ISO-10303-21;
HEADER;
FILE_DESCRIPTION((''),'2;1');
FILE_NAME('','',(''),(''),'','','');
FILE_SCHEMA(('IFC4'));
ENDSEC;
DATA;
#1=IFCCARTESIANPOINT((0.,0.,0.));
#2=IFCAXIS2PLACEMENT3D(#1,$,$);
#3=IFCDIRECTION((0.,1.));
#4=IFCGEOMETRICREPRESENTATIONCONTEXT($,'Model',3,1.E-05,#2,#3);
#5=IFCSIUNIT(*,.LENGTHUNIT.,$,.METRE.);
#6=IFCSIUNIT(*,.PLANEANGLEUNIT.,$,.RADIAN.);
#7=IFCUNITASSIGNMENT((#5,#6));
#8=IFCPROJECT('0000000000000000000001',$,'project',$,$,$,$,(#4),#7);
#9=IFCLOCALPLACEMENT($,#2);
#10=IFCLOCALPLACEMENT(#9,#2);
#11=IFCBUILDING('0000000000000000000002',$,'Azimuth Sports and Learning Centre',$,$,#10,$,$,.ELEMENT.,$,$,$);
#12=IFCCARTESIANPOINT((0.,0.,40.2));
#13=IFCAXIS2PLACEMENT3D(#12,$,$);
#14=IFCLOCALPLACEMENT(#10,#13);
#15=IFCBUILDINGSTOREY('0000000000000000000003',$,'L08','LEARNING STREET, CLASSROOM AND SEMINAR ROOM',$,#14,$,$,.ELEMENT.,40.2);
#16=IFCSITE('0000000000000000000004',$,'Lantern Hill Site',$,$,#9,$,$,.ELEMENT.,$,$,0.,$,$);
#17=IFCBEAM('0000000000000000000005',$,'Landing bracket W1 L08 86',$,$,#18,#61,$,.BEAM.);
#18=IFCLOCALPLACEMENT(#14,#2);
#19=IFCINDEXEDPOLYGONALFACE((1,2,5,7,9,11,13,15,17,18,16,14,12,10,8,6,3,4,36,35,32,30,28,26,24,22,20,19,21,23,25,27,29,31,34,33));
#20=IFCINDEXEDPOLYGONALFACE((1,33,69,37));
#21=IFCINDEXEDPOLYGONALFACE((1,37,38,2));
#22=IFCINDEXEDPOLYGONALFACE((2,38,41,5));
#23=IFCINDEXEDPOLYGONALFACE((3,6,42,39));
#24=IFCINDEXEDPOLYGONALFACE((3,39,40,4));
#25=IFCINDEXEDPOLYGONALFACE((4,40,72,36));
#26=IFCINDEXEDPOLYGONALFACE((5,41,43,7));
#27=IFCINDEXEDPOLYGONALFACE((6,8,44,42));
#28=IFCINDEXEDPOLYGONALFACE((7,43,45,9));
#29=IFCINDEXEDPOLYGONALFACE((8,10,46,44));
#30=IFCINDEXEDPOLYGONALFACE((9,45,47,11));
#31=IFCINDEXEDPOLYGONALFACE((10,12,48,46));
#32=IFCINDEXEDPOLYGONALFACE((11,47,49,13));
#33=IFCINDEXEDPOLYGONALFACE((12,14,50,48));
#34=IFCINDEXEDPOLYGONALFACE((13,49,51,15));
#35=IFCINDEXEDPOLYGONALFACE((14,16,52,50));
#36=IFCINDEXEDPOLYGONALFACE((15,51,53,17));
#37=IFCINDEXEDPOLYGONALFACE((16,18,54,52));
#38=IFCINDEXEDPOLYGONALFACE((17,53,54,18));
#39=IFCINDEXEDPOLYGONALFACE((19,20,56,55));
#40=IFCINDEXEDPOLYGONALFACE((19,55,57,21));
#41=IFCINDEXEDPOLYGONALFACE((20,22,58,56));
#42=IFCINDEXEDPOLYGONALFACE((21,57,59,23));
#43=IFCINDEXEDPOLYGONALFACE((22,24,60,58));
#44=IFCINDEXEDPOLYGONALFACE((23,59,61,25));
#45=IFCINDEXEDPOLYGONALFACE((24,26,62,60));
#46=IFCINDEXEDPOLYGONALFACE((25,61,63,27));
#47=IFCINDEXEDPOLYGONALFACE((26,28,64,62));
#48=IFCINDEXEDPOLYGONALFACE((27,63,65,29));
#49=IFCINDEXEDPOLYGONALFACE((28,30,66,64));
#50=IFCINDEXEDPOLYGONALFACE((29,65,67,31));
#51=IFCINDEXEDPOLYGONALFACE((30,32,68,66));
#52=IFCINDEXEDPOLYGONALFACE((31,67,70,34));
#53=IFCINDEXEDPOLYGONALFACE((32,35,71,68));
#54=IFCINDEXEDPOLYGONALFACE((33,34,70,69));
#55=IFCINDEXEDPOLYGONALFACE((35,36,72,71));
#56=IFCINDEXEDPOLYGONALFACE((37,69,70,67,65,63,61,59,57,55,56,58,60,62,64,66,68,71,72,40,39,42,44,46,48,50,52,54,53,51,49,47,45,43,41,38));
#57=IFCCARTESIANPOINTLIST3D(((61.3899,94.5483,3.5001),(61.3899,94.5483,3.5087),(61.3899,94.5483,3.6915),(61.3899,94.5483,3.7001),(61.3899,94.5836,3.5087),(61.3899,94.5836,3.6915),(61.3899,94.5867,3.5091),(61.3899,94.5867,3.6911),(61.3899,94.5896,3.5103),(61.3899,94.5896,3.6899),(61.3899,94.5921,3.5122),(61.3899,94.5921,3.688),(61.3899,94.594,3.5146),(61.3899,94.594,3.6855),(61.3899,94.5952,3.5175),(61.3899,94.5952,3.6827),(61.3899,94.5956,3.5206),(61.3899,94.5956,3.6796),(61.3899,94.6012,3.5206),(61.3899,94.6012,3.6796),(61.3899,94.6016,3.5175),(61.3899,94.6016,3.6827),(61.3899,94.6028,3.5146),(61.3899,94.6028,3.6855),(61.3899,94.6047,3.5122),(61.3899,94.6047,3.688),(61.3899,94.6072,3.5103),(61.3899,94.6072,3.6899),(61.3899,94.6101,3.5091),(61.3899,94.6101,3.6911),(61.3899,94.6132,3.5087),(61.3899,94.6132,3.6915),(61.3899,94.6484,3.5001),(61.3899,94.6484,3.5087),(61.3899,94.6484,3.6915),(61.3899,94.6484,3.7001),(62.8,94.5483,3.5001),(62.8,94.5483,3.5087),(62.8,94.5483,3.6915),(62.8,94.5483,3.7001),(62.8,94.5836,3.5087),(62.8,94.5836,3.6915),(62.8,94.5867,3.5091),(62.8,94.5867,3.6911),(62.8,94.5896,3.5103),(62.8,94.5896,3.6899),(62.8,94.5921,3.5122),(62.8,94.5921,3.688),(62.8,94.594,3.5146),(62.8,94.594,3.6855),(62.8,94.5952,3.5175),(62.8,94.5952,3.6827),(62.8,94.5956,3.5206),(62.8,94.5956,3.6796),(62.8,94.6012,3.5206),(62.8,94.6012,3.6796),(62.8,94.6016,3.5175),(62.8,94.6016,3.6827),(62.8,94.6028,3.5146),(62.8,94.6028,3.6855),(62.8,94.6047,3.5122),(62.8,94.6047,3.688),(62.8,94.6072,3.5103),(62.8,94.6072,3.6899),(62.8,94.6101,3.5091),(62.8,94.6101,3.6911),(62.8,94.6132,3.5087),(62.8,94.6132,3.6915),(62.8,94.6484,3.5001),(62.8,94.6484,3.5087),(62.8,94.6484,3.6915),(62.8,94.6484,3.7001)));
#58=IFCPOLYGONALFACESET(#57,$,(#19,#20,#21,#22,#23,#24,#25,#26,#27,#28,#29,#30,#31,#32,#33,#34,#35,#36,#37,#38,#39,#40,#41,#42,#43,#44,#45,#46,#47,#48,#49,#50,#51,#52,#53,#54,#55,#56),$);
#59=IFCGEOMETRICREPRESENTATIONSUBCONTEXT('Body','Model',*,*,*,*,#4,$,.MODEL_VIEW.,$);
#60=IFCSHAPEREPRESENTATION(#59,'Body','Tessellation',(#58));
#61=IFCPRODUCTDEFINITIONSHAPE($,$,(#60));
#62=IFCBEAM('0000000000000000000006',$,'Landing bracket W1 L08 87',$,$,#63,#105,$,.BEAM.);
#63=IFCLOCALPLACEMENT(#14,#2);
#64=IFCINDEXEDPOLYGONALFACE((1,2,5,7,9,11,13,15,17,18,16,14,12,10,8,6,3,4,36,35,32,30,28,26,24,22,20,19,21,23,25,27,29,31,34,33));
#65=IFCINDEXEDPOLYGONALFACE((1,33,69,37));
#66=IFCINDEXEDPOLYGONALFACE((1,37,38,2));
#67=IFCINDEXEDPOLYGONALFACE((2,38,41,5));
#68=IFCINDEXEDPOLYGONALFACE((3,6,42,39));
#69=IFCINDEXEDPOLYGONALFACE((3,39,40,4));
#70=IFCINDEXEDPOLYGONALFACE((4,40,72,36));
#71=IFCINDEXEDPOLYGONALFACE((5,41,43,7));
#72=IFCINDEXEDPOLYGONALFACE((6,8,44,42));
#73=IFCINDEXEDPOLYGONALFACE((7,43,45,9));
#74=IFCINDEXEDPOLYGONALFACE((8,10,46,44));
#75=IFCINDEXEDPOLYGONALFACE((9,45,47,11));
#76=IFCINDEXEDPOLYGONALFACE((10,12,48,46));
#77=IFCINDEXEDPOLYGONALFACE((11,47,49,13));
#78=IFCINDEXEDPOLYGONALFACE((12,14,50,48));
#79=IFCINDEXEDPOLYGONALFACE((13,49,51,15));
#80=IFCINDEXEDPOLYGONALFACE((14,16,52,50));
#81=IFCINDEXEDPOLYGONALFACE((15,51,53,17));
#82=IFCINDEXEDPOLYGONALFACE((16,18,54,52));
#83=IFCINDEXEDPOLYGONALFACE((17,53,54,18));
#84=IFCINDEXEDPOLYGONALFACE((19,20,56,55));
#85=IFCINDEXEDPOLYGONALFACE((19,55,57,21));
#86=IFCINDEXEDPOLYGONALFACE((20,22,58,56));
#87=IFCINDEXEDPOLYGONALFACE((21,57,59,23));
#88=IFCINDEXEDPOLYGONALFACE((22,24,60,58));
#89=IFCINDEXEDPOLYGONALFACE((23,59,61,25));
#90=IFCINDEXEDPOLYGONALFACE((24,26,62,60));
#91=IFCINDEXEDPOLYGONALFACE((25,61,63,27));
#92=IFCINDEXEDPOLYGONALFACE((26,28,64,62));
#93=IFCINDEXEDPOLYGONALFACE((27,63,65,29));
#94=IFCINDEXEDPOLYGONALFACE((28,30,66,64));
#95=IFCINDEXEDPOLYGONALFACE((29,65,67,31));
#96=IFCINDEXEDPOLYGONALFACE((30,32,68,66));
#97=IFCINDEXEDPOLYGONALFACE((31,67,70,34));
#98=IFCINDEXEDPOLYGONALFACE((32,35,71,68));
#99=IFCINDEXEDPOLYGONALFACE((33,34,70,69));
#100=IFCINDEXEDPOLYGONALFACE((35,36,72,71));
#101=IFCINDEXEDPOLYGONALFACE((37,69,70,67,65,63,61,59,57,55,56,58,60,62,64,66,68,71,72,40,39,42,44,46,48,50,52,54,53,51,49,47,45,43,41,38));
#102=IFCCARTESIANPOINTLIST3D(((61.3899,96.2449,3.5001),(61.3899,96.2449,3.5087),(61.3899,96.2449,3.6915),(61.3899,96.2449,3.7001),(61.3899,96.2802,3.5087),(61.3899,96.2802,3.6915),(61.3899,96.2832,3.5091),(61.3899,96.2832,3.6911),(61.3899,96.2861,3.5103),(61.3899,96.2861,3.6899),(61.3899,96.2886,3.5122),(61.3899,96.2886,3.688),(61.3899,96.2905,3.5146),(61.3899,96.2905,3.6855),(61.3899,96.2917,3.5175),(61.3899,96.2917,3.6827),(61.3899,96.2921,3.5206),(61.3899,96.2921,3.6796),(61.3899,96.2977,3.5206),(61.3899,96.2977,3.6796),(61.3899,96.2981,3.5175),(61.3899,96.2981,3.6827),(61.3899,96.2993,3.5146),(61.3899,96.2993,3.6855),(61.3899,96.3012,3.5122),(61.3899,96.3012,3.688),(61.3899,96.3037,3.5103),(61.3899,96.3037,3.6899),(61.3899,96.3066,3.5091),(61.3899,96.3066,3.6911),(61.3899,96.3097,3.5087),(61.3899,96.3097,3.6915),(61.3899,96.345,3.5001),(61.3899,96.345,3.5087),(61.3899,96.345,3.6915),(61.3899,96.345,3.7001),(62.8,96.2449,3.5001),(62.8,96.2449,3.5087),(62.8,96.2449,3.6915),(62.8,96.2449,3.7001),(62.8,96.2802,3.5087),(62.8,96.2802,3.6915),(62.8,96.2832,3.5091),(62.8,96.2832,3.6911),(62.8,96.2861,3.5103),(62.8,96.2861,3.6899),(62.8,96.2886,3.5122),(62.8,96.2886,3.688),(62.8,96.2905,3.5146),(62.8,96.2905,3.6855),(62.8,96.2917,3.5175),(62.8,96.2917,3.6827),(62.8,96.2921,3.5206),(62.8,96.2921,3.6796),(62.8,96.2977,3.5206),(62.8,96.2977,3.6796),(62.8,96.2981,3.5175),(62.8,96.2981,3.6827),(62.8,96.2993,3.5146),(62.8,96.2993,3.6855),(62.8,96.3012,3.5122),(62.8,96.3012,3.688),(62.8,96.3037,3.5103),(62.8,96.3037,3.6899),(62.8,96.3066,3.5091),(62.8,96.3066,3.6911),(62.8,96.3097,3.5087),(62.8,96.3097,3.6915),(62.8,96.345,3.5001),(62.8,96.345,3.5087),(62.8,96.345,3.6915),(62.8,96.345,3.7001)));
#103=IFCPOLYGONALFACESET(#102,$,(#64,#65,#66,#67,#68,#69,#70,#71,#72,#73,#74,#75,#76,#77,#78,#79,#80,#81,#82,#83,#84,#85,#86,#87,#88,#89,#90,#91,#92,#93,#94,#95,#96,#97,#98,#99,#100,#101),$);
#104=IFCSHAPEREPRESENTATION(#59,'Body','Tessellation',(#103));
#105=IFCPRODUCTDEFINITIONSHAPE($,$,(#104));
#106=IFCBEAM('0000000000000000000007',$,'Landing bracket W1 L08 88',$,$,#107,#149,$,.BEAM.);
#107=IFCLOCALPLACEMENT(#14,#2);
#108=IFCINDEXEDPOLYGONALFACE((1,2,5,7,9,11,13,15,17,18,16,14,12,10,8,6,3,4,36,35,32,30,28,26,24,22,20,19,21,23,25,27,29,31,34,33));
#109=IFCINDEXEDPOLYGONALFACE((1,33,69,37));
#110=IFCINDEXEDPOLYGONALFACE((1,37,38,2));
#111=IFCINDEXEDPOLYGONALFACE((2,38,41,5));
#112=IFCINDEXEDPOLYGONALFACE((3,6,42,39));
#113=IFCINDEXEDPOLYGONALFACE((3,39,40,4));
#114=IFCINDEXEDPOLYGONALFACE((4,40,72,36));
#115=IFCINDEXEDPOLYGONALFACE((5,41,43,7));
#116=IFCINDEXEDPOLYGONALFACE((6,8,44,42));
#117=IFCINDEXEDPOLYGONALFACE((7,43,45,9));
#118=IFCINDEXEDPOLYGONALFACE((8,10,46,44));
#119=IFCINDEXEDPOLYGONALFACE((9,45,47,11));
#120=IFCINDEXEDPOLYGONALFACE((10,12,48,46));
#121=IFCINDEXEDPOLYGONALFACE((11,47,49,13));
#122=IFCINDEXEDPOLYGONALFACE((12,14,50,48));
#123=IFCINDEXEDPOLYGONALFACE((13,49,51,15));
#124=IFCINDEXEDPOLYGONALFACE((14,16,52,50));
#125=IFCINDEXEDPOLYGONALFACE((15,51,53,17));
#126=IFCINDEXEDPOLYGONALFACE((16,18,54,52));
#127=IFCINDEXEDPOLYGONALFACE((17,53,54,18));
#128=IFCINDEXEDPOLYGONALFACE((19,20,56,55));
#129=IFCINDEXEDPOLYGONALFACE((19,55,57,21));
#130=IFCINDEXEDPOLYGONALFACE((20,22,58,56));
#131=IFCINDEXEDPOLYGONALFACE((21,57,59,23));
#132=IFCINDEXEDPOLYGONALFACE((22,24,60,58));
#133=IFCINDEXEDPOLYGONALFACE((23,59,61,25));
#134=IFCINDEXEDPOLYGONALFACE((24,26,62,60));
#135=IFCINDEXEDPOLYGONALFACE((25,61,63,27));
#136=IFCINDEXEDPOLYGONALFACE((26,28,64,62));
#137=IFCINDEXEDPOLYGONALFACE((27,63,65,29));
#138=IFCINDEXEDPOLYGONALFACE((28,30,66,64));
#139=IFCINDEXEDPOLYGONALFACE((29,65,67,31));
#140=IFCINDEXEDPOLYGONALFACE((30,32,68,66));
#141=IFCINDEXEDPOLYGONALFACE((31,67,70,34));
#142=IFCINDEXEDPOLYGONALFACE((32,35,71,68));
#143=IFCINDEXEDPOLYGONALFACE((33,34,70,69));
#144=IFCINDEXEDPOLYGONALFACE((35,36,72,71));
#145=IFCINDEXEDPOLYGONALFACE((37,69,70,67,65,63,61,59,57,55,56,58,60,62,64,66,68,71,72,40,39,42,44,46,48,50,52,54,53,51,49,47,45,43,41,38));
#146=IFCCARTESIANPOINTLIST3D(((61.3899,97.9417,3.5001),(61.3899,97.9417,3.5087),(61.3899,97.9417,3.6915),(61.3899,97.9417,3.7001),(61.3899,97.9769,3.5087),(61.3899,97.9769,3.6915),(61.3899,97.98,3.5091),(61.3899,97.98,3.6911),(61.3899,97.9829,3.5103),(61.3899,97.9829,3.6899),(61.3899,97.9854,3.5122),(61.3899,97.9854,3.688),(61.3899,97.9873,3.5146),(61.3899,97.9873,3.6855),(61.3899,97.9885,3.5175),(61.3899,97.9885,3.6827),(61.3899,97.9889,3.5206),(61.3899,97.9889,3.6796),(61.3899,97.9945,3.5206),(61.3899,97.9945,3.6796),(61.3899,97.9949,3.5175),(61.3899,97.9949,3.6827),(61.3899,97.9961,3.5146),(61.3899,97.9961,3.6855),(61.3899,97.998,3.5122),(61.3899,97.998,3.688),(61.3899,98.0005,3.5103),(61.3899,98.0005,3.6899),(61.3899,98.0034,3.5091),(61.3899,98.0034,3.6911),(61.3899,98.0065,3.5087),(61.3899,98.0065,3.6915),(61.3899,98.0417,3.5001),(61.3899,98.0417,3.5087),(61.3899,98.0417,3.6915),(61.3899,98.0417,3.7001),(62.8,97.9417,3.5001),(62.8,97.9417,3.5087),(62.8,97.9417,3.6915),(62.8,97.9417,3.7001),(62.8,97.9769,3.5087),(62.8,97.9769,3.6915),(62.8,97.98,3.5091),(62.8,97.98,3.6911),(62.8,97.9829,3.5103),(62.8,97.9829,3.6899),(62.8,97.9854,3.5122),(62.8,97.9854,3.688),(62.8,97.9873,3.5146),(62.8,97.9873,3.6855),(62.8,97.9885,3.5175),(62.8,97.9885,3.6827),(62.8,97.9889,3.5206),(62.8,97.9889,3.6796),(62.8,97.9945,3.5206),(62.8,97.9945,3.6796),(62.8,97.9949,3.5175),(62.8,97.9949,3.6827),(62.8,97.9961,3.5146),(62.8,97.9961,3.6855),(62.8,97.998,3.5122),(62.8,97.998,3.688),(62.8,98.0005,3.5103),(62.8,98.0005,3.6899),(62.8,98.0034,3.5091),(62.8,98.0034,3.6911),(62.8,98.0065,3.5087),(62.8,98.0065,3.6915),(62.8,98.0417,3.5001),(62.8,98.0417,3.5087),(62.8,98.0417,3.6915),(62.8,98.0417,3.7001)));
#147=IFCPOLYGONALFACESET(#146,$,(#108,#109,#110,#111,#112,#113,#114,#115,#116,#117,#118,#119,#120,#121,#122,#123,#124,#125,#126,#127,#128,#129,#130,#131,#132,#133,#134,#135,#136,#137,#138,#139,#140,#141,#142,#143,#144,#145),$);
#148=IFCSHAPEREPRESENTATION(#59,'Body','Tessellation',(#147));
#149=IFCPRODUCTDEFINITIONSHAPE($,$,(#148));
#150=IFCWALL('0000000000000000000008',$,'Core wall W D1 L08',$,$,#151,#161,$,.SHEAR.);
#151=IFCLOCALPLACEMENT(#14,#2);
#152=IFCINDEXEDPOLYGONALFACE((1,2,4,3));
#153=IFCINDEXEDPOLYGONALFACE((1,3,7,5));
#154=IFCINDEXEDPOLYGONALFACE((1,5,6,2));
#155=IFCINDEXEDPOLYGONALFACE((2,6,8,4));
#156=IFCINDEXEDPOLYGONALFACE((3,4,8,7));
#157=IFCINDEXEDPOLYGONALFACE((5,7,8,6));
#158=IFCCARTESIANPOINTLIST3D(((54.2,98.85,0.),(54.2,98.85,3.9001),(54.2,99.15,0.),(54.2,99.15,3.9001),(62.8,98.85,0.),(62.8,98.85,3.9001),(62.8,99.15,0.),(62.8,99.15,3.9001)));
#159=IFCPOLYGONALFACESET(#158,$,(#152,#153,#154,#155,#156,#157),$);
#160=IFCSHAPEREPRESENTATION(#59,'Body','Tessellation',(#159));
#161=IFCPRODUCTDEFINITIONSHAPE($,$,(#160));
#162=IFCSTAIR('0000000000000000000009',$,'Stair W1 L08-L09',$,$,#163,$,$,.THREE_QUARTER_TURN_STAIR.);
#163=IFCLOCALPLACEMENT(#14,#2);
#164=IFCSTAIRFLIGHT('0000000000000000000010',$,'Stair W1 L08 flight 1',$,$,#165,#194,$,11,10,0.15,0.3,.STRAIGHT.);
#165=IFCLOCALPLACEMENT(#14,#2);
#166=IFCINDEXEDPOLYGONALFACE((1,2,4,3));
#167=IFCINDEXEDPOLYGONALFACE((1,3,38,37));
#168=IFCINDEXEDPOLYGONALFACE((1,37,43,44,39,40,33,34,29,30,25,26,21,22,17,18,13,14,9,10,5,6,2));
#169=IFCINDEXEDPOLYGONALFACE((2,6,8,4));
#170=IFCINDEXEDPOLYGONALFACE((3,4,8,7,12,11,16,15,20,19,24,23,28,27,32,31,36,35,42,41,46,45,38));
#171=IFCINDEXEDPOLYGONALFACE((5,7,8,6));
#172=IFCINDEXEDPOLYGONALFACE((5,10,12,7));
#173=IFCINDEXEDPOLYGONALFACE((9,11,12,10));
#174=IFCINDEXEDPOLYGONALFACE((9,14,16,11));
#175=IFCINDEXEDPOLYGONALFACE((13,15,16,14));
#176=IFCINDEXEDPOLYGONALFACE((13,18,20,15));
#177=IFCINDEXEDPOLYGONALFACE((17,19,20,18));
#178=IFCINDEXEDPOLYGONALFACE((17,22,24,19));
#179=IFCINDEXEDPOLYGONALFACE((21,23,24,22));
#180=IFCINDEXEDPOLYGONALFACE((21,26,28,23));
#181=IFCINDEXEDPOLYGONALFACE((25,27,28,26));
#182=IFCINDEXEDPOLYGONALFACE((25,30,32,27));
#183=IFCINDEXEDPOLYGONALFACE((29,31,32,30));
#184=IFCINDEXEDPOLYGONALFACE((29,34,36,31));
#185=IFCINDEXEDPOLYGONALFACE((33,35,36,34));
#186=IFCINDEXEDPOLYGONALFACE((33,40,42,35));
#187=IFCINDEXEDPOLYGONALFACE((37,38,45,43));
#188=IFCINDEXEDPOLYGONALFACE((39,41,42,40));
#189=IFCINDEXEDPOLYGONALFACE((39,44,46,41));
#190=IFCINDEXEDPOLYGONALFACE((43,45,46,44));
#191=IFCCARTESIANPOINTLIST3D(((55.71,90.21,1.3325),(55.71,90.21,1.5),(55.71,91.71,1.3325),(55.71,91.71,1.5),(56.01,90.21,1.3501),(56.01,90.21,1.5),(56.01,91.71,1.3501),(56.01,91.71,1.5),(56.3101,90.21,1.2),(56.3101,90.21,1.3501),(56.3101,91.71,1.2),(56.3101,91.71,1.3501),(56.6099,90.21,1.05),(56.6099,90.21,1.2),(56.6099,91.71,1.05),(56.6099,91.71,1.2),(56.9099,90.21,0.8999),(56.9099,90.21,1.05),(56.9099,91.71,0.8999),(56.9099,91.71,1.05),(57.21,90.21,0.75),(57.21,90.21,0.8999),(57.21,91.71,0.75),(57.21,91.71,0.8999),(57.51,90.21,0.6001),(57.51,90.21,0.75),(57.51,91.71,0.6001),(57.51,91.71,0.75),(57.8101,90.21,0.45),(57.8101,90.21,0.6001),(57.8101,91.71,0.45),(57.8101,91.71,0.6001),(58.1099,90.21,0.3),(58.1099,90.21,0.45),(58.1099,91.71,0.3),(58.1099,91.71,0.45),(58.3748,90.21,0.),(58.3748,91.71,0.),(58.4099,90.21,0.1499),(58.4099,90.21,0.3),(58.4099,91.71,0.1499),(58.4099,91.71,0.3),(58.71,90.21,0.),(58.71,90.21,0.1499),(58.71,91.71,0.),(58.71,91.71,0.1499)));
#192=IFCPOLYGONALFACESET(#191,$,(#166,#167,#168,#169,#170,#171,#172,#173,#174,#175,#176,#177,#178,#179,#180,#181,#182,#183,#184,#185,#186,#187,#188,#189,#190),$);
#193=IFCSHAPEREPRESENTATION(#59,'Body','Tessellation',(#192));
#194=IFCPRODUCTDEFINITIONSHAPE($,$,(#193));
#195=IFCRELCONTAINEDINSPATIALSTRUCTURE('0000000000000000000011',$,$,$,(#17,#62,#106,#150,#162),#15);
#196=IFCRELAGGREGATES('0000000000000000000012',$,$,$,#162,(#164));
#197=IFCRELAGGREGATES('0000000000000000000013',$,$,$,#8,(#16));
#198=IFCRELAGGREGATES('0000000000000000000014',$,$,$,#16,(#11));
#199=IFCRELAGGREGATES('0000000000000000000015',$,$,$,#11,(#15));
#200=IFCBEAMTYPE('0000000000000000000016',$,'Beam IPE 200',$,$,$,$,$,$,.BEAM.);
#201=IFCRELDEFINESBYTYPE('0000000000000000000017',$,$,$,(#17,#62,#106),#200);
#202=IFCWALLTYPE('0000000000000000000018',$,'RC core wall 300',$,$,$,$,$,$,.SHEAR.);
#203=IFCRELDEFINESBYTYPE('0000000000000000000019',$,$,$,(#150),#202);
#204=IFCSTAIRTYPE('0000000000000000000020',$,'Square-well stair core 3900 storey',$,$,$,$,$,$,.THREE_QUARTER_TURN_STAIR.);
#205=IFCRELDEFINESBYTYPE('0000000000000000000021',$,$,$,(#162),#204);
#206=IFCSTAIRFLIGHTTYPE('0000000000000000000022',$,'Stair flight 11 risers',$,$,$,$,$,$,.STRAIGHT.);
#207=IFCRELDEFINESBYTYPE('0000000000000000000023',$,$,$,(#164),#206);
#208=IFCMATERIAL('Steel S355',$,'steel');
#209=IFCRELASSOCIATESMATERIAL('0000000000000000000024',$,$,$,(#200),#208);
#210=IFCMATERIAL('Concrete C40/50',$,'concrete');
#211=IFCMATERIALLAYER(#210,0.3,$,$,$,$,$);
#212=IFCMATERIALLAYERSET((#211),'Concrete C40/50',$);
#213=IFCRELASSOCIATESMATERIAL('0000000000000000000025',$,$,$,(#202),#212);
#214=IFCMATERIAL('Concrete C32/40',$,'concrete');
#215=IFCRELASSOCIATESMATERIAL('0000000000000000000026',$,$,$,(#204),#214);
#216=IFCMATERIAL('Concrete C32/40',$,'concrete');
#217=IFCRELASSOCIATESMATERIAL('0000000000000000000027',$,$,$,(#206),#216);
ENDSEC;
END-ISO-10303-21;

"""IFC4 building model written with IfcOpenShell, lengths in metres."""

from ifc_helpers import new_model, si_unit, direction, frame, frame_2d, origin, origin_2d, place, context, subcontext, project, spatial, polyline, rectangle, i_section, outline, extrude, material, layer, layer_set, material_profile, profile_set, type_object, element, aggregate, save


model = new_model("IFC4")

# Units and contexts
model_context = context("Model", 3, precision=1e-05, world=origin(), true_north=direction((0.0, 1.0)))
body_context = subcontext(model_context, "Body", "Model", "MODEL_VIEW")
ifc_project = project(units=[si_unit("LENGTHUNIT", "METRE"), si_unit("PLANEANGLEUNIT", "RADIAN")], contexts=[model_context])

# Site, building, storey
site_placement = place(None, origin())
site = spatial("IfcSite", under=ifc_project, at=site_placement, Name="Lantern Hill Site", CompositionType="ELEMENT", RefElevation=0.0)
building_placement = place(site_placement, origin())
building = spatial("IfcBuilding", under=site, at=building_placement, Name="Azimuth Sports and Learning Centre", CompositionType="ELEMENT")
storey_placement = place(building_placement, frame((0.0, 0.0, 40.2)))
storey = spatial("IfcBuildingStorey", under=building, at=storey_placement, Name="L08", Description="LEARNING STREET, CLASSROOM AND SEMINAR ROOM", CompositionType="ELEMENT", Elevation=40.2)

# Beams
ifc_material_1 = material(Name="Steel S355", Category="steel")
ifc_material_profile = material_profile(ifc_material_1, i_section(OverallWidth=0.1001, OverallDepth=0.2, WebThickness=0.0056, FlangeThickness=0.0085, FilletRadius=0.012, at=origin_2d()), Name="IPE 200")
ifc_profile_set = profile_set([ifc_material_profile], Name="Steel S355")
beam_type = type_object("IfcBeamType", Name="Beam IPE 200", PredefinedType="BEAM", material=ifc_profile_set)
for number, where, z_axis, x_axis, name in (
    (1, (62.8, 94.5984, 3.6001), (-1.0, 0.0, 0.0), (0.0, -1.0, 0.0), "Landing bracket W1 L08 86"),
    (2, (62.8, 96.2949, 3.6001), (-1.0, 0.0, 0.0), (0.0, -1.0, 0.0), "Landing bracket W1 L08 87"),
    (3, (62.8, 97.9917, 3.6001), (-1.0, 0.0, 0.0), (0.0, -1.0, 0.0), "Landing bracket W1 L08 88"),
):
    element("IfcBeam", number, at=place(storey_placement, frame(where, z_axis=z_axis, x_axis=x_axis)), inside=storey, type_object=beam_type, Name=name, PredefinedType="BEAM", context=body_context, shape_type="SweptSolid", body=[
        extrude(i_section(OverallWidth=0.1001, OverallDepth=0.2, WebThickness=0.0056, FlangeThickness=0.0085, FilletRadius=0.012, at=origin_2d()), origin(), (0.0, 0.0, 1.0), 1.4102),
    ])

# Wall
ifc_material_2 = material(Name="Concrete C40/50", Category="concrete")
ifc_layer_1 = layer(ifc_material_2, 0.3)
ifc_layer_set_1 = layer_set([ifc_layer_1], Name="Concrete C40/50")
wall_type = type_object("IfcWallType", Name="RC core wall 300", PredefinedType="SHEAR", material=ifc_layer_set_1)
wall_placement = place(storey_placement, frame((54.2, 99.0, 0.0), z_axis=(0.0, 0.0, 1.0), x_axis=(1.0, 0.0, 0.0)))
element("IfcWall", 4, at=wall_placement, inside=storey, type_object=wall_type, Name="Core wall W D1 L08", PredefinedType="SHEAR", context=body_context, shape_type="SweptSolid", body=[
    extrude(rectangle(XDim=8.6001, YDim=0.3, at=frame_2d((4.3, 0.0))), origin(), (0.0, 0.0, 1.0), 3.9001),
])

# Stair, stair flight
ifc_material_3 = material(Name="Concrete C32/40", Category="concrete")
stair_type = type_object("IfcStairType", Name="Square-well stair core 3900 storey", PredefinedType="THREE_QUARTER_TURN_STAIR", material=ifc_material_3)
stair_placement = place(storey_placement, origin())
stair = element("IfcStair", 5, at=stair_placement, inside=storey, type_object=stair_type, Name="Stair W1 L08-L09", PredefinedType="THREE_QUARTER_TURN_STAIR")
ifc_material_4 = material(Name="Concrete C32/40", Category="concrete")
stair_flight_type_1 = type_object("IfcStairFlightType", Name="Stair flight 11 risers", PredefinedType="STRAIGHT", material=ifc_material_4)
stair_flight_1_placement = place(storey_placement, frame((58.71, 90.96, 0.0), z_axis=(0.0, 0.0, 1.0), x_axis=(-1.0, 0.0, 0.0)))
stair_flight_1 = element("IfcStairFlight", 6, at=stair_flight_1_placement, type_object=stair_flight_type_1, Name="Stair W1 L08 flight 1", NumberOfRisers=11, NumberOfTreads=10, PredefinedType="STRAIGHT", RiserHeight=0.15, TreadLength=0.3, context=body_context, shape_type="SweptSolid", body=[
    extrude(outline(polyline([(0.0, 0.0), (0.0, 0.1499), (0.3, 0.1499), (0.3, 0.3), (0.6001, 0.3), (0.6001, 0.45), (0.8999, 0.45), (0.8999, 0.6001), (1.2, 0.6001), (1.2, 0.75), (1.5, 0.75), (1.5, 0.8999), (1.8, 0.8999), (1.8, 1.05), (2.1001, 1.05), (2.1001, 1.2), (2.3999, 1.2), (2.3999, 1.3501), (2.7, 1.3501), (2.7, 1.5), (3.0, 1.5), (3.0, 1.6499), (3.0, 1.3325), (0.3352, 0.0), (0.0, 0.0)])), frame((0.0, 0.75, 0.0), z_axis=(0.0, -1.0, 0.0), x_axis=(1.0, 0.0, 0.0)), (0.0, 0.0, 1.0), 1.5),
])
aggregate(stair, [stair_flight_1])

save(model, "model.ifc")
